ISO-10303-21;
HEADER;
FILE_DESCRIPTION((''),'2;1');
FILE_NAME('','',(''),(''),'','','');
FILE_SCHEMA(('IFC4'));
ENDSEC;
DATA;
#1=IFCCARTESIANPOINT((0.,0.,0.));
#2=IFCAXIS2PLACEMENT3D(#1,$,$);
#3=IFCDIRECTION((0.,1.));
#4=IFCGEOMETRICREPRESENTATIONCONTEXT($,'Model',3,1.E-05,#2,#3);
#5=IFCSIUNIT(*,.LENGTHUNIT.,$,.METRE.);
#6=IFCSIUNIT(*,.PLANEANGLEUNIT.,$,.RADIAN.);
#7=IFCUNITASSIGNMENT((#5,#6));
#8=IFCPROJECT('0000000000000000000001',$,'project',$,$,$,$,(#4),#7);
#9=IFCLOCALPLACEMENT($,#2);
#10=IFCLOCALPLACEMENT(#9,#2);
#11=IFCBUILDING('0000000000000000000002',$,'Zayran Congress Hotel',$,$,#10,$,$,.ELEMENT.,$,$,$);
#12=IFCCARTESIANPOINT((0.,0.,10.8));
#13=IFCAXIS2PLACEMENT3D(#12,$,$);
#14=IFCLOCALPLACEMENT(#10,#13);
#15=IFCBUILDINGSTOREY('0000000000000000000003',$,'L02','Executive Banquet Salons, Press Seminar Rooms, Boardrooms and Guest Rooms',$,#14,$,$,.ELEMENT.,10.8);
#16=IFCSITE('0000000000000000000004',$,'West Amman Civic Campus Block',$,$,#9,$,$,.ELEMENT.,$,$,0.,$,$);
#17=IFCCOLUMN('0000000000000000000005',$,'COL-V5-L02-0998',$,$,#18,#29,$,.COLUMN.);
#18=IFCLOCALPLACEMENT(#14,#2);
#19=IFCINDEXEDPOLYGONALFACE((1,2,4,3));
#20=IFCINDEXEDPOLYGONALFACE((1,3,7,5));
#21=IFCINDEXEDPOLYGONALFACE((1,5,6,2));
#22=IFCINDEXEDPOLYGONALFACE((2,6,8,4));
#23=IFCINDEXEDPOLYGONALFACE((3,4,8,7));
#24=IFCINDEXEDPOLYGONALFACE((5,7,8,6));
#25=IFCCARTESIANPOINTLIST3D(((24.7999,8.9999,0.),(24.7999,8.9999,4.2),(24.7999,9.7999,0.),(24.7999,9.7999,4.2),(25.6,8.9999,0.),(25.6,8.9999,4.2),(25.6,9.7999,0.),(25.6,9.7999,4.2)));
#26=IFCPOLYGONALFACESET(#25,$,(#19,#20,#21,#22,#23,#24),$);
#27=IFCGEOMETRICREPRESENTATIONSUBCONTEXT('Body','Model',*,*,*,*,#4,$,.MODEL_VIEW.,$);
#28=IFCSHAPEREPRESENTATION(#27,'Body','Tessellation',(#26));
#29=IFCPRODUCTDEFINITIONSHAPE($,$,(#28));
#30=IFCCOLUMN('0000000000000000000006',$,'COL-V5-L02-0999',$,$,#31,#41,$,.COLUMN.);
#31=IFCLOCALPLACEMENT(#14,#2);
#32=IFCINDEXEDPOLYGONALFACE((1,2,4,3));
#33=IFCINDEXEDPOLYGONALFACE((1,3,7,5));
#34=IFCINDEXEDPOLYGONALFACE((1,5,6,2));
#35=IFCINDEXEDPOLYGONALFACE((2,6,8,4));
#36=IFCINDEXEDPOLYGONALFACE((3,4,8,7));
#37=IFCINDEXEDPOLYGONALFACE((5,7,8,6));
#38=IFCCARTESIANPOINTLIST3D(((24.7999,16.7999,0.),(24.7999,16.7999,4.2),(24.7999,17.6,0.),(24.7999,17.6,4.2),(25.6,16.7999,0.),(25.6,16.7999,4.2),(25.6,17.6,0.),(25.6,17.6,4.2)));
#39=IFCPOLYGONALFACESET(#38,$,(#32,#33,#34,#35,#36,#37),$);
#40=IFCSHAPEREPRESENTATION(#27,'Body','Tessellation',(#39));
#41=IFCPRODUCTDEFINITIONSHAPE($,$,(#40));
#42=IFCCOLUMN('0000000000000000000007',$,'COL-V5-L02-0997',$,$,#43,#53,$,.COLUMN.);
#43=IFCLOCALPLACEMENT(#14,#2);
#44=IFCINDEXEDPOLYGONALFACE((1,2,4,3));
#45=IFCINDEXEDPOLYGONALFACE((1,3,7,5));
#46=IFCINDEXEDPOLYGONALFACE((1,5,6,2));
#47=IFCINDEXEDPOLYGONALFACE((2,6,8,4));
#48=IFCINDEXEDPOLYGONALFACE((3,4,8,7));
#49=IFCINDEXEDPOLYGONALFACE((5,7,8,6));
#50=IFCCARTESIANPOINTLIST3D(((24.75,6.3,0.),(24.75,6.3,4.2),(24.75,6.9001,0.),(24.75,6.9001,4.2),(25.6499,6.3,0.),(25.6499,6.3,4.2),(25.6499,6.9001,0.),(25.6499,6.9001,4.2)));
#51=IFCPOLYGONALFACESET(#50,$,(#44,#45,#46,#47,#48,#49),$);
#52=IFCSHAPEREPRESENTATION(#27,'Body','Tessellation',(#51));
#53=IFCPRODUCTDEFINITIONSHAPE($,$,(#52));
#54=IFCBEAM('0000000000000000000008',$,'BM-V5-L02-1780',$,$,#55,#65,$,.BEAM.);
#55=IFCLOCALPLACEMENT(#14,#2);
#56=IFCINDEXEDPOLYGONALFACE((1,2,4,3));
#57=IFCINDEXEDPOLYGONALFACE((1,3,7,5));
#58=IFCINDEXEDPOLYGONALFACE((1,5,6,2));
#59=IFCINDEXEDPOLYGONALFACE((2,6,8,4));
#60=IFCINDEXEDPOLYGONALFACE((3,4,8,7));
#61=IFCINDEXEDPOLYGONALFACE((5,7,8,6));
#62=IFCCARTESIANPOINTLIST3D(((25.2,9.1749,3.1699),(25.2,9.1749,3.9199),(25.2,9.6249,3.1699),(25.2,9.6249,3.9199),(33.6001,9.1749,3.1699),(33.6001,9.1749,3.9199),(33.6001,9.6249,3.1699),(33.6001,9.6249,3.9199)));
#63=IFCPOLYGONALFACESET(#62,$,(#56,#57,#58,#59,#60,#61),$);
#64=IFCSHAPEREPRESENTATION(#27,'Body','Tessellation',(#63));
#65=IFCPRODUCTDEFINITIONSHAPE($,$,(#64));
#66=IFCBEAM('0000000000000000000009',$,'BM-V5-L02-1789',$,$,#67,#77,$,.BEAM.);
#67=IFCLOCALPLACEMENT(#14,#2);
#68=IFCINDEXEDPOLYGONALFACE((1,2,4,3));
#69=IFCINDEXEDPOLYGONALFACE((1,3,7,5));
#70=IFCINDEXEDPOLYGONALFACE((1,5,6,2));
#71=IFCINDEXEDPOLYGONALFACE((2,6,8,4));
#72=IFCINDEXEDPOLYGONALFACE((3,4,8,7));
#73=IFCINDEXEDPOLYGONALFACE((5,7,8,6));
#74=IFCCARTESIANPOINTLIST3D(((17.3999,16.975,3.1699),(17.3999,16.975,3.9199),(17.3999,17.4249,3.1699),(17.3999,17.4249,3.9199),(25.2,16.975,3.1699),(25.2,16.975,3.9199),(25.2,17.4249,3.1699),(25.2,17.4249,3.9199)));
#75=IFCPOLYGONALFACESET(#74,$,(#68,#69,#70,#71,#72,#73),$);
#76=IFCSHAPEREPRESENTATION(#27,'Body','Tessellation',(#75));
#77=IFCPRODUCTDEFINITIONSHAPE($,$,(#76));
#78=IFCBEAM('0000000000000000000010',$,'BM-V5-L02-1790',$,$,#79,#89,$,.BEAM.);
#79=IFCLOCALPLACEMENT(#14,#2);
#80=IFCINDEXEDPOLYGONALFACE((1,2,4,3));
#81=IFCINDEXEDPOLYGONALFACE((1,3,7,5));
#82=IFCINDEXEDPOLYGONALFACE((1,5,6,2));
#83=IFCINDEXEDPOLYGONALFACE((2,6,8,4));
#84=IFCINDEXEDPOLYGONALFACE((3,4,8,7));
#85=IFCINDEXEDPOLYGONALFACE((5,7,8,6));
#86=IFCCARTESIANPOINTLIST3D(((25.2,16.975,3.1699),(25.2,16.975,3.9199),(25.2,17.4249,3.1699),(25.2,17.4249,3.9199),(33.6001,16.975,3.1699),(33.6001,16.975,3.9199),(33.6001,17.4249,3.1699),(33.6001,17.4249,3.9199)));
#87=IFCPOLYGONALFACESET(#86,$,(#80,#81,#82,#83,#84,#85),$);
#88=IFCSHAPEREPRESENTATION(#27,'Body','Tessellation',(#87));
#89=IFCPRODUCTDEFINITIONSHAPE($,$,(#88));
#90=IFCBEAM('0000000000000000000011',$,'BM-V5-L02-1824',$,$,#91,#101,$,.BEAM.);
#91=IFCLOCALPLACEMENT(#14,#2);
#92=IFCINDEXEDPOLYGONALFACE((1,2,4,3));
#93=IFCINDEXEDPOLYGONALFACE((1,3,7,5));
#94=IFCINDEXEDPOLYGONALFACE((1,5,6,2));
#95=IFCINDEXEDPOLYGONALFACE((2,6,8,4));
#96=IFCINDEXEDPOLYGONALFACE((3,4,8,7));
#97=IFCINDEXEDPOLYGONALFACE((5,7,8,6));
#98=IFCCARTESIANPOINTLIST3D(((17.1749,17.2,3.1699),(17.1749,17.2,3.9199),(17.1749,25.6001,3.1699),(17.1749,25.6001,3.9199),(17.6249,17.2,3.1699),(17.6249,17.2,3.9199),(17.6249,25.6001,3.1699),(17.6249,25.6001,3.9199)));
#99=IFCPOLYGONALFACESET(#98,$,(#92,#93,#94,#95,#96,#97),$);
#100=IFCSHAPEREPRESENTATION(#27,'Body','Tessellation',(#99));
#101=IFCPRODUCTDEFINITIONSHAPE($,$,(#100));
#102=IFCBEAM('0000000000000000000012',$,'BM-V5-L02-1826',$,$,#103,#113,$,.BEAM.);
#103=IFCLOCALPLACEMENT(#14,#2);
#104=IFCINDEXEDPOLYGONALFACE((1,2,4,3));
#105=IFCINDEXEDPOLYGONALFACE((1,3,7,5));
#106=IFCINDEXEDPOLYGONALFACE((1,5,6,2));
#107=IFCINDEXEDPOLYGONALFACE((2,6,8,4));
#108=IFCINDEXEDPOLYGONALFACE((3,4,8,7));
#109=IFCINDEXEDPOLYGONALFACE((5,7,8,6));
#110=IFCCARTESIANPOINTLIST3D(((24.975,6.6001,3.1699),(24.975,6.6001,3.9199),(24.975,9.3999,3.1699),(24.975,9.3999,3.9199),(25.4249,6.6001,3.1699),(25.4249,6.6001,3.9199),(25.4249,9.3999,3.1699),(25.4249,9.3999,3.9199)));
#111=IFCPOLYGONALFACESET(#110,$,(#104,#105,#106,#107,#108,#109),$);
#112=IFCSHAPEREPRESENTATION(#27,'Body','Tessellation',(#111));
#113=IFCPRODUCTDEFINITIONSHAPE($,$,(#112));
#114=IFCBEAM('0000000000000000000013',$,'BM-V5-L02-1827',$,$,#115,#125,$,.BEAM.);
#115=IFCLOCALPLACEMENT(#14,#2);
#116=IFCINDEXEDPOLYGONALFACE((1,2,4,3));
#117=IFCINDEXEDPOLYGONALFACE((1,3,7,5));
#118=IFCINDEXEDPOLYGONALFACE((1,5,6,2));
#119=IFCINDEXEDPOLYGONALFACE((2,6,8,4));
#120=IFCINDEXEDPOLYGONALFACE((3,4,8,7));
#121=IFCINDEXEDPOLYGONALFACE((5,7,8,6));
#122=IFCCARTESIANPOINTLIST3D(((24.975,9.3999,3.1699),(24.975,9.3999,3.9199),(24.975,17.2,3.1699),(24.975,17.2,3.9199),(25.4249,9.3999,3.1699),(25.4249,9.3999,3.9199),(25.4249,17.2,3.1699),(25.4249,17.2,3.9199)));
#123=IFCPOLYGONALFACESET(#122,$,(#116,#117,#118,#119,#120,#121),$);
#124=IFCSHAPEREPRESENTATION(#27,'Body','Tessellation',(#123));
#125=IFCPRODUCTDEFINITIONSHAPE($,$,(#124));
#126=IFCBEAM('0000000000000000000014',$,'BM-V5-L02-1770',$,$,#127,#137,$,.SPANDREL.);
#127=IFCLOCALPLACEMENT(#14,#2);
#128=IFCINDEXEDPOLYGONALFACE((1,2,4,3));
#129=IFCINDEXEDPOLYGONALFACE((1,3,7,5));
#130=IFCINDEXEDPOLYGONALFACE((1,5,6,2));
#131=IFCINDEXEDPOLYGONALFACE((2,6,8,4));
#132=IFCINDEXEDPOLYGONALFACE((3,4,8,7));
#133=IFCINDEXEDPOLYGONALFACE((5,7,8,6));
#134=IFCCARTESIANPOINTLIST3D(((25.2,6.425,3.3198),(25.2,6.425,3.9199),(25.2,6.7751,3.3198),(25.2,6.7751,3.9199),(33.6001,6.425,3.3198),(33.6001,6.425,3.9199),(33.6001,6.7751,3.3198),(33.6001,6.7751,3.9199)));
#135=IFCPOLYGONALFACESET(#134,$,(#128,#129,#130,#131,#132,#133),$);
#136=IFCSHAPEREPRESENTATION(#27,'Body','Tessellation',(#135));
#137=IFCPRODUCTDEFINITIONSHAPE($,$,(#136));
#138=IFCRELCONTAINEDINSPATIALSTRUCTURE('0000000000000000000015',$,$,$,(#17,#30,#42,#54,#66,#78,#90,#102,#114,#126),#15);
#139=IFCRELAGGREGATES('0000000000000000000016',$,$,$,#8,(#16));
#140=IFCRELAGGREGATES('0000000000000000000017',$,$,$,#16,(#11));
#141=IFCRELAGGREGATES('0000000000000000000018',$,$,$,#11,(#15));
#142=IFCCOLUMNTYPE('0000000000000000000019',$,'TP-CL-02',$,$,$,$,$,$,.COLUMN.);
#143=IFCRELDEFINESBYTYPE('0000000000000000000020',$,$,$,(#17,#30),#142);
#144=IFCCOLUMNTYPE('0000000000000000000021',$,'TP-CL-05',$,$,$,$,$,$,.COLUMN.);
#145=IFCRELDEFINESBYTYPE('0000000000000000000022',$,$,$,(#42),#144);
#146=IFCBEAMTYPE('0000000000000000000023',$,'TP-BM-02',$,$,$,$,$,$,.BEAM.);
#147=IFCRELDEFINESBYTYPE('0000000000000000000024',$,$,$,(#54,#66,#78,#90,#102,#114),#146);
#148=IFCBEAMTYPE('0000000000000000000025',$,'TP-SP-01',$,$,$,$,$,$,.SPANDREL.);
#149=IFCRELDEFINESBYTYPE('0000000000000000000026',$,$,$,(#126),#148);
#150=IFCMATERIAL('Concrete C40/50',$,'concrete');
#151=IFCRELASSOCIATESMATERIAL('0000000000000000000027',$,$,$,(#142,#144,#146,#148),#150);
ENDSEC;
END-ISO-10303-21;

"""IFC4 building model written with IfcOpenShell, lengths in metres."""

from ifc_helpers import new_model, si_unit, direction, frame, origin, origin_2d, place, context, subcontext, project, spatial, rectangle, extrude, material, material_profile, profile_set, type_object, element, save


model = new_model("IFC4")

# Units and contexts
model_context = context("Model", 3, precision=1e-05, world=origin(), true_north=direction((0.0, 1.0)))
body_context = subcontext(model_context, "Body", "Model", "MODEL_VIEW")
ifc_project = project(units=[si_unit("LENGTHUNIT", "METRE"), si_unit("PLANEANGLEUNIT", "RADIAN")], contexts=[model_context])

# Site, building, storey
site_placement = place(None, origin())
site = spatial("IfcSite", under=ifc_project, at=site_placement, Name="West Amman Civic Campus Block", CompositionType="ELEMENT", RefElevation=0.0)
building_placement = place(site_placement, origin())
building = spatial("IfcBuilding", under=site, at=building_placement, Name="Zayran Congress Hotel", CompositionType="ELEMENT")
storey_placement = place(building_placement, frame((0.0, 0.0, 10.8)))
storey = spatial("IfcBuildingStorey", under=building, at=storey_placement, Name="L02", Description="Executive Banquet Salons, Press Seminar Rooms, Boardrooms and Guest Rooms", CompositionType="ELEMENT", Elevation=10.8)

# Columns
ifc_material_1 = material(Name="Concrete C40/50", Category="concrete")
ifc_material_profile_1 = material_profile(ifc_material_1, rectangle(XDim=0.8, YDim=0.8, at=origin_2d()), Name="RC 800x800")
ifc_profile_set_1 = profile_set([ifc_material_profile_1], Name="Concrete C40/50")
column_type_1 = type_object("IfcColumnType", Name="TP-CL-02", PredefinedType="COLUMN", material=ifc_profile_set_1)
for number, where, z_axis, x_axis, name in (
    (1, (25.2, 9.3999, 0.0), (0.0, 0.0, 1.0), (1.0, 0.0, 0.0), "COL-V5-L02-0998"),
    (2, (25.2, 17.2, 0.0), (0.0, 0.0, 1.0), (1.0, 0.0, 0.0), "COL-V5-L02-0999"),
):
    element("IfcColumn", number, at=place(storey_placement, frame(where, z_axis=z_axis, x_axis=x_axis)), inside=storey, type_object=column_type_1, Name=name, PredefinedType="COLUMN", context=body_context, shape_type="SweptSolid", body=[
        extrude(rectangle(XDim=0.8, YDim=0.8, at=origin_2d()), origin(), (0.0, 0.0, 1.0), 4.2),
    ])
ifc_material_profile_2 = material_profile(ifc_material_1, rectangle(XDim=0.6001, YDim=0.8999, at=origin_2d()), Name="RC 900x600")
ifc_profile_set_2 = profile_set([ifc_material_profile_2], Name="Concrete C40/50")
column_type_2 = type_object("IfcColumnType", Name="TP-CL-05", PredefinedType="COLUMN", material=ifc_profile_set_2)
column_placement = place(storey_placement, frame((25.2, 6.6001, 0.0), z_axis=(0.0, 0.0, 1.0), x_axis=(0.0, 1.0, 0.0)))
element("IfcColumn", 3, at=column_placement, inside=storey, type_object=column_type_2, Name="COL-V5-L02-0997", PredefinedType="COLUMN", context=body_context, shape_type="SweptSolid", body=[
    extrude(rectangle(XDim=0.6001, YDim=0.8999, at=origin_2d()), origin(), (0.0, 0.0, 1.0), 4.2),
])

# Beams
ifc_material_profile_3 = material_profile(ifc_material_1, rectangle(XDim=0.45, YDim=0.75, at=origin_2d()), Name="RC 450x750")
ifc_profile_set_3 = profile_set([ifc_material_profile_3], Name="Concrete C40/50")
beam_type_1 = type_object("IfcBeamType", Name="TP-BM-02", PredefinedType="BEAM", material=ifc_profile_set_3)
beam_1_placement = place(storey_placement, frame((25.2, 9.3999, 3.5449), z_axis=(1.0, 0.0, 0.0), x_axis=(0.0, 1.0, 0.0)))
element("IfcBeam", 4, at=beam_1_placement, inside=storey, type_object=beam_type_1, Name="BM-V5-L02-1780", PredefinedType="BEAM", context=body_context, shape_type="SweptSolid", body=[
    extrude(rectangle(XDim=0.45, YDim=0.75, at=origin_2d()), origin(), (0.0, 0.0, 1.0), 8.4001),
])
beam_2_placement = place(storey_placement, frame((17.3999, 17.2, 3.5449), z_axis=(1.0, 0.0, 0.0), x_axis=(0.0, 1.0, 0.0)))
element("IfcBeam", 5, at=beam_2_placement, inside=storey, type_object=beam_type_1, Name="BM-V5-L02-1789", PredefinedType="BEAM", context=body_context, shape_type="SweptSolid", body=[
    extrude(rectangle(XDim=0.45, YDim=0.75, at=origin_2d()), origin(), (0.0, 0.0, 1.0), 7.8),
])
for number, where, z_axis, x_axis, name in (
    (6, (25.2, 17.2, 3.5449), (1.0, 0.0, 0.0), (0.0, 1.0, 0.0), "BM-V5-L02-1790"),
    (7, (17.3999, 17.2, 3.5449), (0.0, 1.0, 0.0), (-1.0, 0.0, 0.0), "BM-V5-L02-1824"),
):
    element("IfcBeam", number, at=place(storey_placement, frame(where, z_axis=z_axis, x_axis=x_axis)), inside=storey, type_object=beam_type_1, Name=name, PredefinedType="BEAM", context=body_context, shape_type="SweptSolid", body=[
        extrude(rectangle(XDim=0.45, YDim=0.75, at=origin_2d()), origin(), (0.0, 0.0, 1.0), 8.4001),
    ])
beam_3_placement = place(storey_placement, frame((25.2, 6.6001, 3.5449), z_axis=(0.0, 1.0, 0.0), x_axis=(-1.0, 0.0, 0.0)))
element("IfcBeam", 8, at=beam_3_placement, inside=storey, type_object=beam_type_1, Name="BM-V5-L02-1826", PredefinedType="BEAM", context=body_context, shape_type="SweptSolid", body=[
    extrude(rectangle(XDim=0.45, YDim=0.75, at=origin_2d()), origin(), (0.0, 0.0, 1.0), 2.7998),
])
beam_4_placement = place(storey_placement, frame((25.2, 9.3999, 3.5449), z_axis=(0.0, 1.0, 0.0), x_axis=(-1.0, 0.0, 0.0)))
element("IfcBeam", 9, at=beam_4_placement, inside=storey, type_object=beam_type_1, Name="BM-V5-L02-1827", PredefinedType="BEAM", context=body_context, shape_type="SweptSolid", body=[
    extrude(rectangle(XDim=0.45, YDim=0.75, at=origin_2d()), origin(), (0.0, 0.0, 1.0), 7.8),
])
ifc_material_profile_4 = material_profile(ifc_material_1, rectangle(XDim=0.3501, YDim=0.6001, at=origin_2d()), Name="RC 350x600")
ifc_profile_set_4 = profile_set([ifc_material_profile_4], Name="Concrete C40/50")
beam_type_2 = type_object("IfcBeamType", Name="TP-SP-01", PredefinedType="SPANDREL", material=ifc_profile_set_4)
beam_5_placement = place(storey_placement, frame((25.2, 6.6001, 3.6199), z_axis=(1.0, 0.0, 0.0), x_axis=(0.0, 1.0, 0.0)))
element("IfcBeam", 10, at=beam_5_placement, inside=storey, type_object=beam_type_2, Name="BM-V5-L02-1770", PredefinedType="SPANDREL", context=body_context, shape_type="SweptSolid", body=[
    extrude(rectangle(XDim=0.3501, YDim=0.6001, at=origin_2d()), origin(), (0.0, 0.0, 1.0), 8.4001),
])

save(model, "model.ifc")
